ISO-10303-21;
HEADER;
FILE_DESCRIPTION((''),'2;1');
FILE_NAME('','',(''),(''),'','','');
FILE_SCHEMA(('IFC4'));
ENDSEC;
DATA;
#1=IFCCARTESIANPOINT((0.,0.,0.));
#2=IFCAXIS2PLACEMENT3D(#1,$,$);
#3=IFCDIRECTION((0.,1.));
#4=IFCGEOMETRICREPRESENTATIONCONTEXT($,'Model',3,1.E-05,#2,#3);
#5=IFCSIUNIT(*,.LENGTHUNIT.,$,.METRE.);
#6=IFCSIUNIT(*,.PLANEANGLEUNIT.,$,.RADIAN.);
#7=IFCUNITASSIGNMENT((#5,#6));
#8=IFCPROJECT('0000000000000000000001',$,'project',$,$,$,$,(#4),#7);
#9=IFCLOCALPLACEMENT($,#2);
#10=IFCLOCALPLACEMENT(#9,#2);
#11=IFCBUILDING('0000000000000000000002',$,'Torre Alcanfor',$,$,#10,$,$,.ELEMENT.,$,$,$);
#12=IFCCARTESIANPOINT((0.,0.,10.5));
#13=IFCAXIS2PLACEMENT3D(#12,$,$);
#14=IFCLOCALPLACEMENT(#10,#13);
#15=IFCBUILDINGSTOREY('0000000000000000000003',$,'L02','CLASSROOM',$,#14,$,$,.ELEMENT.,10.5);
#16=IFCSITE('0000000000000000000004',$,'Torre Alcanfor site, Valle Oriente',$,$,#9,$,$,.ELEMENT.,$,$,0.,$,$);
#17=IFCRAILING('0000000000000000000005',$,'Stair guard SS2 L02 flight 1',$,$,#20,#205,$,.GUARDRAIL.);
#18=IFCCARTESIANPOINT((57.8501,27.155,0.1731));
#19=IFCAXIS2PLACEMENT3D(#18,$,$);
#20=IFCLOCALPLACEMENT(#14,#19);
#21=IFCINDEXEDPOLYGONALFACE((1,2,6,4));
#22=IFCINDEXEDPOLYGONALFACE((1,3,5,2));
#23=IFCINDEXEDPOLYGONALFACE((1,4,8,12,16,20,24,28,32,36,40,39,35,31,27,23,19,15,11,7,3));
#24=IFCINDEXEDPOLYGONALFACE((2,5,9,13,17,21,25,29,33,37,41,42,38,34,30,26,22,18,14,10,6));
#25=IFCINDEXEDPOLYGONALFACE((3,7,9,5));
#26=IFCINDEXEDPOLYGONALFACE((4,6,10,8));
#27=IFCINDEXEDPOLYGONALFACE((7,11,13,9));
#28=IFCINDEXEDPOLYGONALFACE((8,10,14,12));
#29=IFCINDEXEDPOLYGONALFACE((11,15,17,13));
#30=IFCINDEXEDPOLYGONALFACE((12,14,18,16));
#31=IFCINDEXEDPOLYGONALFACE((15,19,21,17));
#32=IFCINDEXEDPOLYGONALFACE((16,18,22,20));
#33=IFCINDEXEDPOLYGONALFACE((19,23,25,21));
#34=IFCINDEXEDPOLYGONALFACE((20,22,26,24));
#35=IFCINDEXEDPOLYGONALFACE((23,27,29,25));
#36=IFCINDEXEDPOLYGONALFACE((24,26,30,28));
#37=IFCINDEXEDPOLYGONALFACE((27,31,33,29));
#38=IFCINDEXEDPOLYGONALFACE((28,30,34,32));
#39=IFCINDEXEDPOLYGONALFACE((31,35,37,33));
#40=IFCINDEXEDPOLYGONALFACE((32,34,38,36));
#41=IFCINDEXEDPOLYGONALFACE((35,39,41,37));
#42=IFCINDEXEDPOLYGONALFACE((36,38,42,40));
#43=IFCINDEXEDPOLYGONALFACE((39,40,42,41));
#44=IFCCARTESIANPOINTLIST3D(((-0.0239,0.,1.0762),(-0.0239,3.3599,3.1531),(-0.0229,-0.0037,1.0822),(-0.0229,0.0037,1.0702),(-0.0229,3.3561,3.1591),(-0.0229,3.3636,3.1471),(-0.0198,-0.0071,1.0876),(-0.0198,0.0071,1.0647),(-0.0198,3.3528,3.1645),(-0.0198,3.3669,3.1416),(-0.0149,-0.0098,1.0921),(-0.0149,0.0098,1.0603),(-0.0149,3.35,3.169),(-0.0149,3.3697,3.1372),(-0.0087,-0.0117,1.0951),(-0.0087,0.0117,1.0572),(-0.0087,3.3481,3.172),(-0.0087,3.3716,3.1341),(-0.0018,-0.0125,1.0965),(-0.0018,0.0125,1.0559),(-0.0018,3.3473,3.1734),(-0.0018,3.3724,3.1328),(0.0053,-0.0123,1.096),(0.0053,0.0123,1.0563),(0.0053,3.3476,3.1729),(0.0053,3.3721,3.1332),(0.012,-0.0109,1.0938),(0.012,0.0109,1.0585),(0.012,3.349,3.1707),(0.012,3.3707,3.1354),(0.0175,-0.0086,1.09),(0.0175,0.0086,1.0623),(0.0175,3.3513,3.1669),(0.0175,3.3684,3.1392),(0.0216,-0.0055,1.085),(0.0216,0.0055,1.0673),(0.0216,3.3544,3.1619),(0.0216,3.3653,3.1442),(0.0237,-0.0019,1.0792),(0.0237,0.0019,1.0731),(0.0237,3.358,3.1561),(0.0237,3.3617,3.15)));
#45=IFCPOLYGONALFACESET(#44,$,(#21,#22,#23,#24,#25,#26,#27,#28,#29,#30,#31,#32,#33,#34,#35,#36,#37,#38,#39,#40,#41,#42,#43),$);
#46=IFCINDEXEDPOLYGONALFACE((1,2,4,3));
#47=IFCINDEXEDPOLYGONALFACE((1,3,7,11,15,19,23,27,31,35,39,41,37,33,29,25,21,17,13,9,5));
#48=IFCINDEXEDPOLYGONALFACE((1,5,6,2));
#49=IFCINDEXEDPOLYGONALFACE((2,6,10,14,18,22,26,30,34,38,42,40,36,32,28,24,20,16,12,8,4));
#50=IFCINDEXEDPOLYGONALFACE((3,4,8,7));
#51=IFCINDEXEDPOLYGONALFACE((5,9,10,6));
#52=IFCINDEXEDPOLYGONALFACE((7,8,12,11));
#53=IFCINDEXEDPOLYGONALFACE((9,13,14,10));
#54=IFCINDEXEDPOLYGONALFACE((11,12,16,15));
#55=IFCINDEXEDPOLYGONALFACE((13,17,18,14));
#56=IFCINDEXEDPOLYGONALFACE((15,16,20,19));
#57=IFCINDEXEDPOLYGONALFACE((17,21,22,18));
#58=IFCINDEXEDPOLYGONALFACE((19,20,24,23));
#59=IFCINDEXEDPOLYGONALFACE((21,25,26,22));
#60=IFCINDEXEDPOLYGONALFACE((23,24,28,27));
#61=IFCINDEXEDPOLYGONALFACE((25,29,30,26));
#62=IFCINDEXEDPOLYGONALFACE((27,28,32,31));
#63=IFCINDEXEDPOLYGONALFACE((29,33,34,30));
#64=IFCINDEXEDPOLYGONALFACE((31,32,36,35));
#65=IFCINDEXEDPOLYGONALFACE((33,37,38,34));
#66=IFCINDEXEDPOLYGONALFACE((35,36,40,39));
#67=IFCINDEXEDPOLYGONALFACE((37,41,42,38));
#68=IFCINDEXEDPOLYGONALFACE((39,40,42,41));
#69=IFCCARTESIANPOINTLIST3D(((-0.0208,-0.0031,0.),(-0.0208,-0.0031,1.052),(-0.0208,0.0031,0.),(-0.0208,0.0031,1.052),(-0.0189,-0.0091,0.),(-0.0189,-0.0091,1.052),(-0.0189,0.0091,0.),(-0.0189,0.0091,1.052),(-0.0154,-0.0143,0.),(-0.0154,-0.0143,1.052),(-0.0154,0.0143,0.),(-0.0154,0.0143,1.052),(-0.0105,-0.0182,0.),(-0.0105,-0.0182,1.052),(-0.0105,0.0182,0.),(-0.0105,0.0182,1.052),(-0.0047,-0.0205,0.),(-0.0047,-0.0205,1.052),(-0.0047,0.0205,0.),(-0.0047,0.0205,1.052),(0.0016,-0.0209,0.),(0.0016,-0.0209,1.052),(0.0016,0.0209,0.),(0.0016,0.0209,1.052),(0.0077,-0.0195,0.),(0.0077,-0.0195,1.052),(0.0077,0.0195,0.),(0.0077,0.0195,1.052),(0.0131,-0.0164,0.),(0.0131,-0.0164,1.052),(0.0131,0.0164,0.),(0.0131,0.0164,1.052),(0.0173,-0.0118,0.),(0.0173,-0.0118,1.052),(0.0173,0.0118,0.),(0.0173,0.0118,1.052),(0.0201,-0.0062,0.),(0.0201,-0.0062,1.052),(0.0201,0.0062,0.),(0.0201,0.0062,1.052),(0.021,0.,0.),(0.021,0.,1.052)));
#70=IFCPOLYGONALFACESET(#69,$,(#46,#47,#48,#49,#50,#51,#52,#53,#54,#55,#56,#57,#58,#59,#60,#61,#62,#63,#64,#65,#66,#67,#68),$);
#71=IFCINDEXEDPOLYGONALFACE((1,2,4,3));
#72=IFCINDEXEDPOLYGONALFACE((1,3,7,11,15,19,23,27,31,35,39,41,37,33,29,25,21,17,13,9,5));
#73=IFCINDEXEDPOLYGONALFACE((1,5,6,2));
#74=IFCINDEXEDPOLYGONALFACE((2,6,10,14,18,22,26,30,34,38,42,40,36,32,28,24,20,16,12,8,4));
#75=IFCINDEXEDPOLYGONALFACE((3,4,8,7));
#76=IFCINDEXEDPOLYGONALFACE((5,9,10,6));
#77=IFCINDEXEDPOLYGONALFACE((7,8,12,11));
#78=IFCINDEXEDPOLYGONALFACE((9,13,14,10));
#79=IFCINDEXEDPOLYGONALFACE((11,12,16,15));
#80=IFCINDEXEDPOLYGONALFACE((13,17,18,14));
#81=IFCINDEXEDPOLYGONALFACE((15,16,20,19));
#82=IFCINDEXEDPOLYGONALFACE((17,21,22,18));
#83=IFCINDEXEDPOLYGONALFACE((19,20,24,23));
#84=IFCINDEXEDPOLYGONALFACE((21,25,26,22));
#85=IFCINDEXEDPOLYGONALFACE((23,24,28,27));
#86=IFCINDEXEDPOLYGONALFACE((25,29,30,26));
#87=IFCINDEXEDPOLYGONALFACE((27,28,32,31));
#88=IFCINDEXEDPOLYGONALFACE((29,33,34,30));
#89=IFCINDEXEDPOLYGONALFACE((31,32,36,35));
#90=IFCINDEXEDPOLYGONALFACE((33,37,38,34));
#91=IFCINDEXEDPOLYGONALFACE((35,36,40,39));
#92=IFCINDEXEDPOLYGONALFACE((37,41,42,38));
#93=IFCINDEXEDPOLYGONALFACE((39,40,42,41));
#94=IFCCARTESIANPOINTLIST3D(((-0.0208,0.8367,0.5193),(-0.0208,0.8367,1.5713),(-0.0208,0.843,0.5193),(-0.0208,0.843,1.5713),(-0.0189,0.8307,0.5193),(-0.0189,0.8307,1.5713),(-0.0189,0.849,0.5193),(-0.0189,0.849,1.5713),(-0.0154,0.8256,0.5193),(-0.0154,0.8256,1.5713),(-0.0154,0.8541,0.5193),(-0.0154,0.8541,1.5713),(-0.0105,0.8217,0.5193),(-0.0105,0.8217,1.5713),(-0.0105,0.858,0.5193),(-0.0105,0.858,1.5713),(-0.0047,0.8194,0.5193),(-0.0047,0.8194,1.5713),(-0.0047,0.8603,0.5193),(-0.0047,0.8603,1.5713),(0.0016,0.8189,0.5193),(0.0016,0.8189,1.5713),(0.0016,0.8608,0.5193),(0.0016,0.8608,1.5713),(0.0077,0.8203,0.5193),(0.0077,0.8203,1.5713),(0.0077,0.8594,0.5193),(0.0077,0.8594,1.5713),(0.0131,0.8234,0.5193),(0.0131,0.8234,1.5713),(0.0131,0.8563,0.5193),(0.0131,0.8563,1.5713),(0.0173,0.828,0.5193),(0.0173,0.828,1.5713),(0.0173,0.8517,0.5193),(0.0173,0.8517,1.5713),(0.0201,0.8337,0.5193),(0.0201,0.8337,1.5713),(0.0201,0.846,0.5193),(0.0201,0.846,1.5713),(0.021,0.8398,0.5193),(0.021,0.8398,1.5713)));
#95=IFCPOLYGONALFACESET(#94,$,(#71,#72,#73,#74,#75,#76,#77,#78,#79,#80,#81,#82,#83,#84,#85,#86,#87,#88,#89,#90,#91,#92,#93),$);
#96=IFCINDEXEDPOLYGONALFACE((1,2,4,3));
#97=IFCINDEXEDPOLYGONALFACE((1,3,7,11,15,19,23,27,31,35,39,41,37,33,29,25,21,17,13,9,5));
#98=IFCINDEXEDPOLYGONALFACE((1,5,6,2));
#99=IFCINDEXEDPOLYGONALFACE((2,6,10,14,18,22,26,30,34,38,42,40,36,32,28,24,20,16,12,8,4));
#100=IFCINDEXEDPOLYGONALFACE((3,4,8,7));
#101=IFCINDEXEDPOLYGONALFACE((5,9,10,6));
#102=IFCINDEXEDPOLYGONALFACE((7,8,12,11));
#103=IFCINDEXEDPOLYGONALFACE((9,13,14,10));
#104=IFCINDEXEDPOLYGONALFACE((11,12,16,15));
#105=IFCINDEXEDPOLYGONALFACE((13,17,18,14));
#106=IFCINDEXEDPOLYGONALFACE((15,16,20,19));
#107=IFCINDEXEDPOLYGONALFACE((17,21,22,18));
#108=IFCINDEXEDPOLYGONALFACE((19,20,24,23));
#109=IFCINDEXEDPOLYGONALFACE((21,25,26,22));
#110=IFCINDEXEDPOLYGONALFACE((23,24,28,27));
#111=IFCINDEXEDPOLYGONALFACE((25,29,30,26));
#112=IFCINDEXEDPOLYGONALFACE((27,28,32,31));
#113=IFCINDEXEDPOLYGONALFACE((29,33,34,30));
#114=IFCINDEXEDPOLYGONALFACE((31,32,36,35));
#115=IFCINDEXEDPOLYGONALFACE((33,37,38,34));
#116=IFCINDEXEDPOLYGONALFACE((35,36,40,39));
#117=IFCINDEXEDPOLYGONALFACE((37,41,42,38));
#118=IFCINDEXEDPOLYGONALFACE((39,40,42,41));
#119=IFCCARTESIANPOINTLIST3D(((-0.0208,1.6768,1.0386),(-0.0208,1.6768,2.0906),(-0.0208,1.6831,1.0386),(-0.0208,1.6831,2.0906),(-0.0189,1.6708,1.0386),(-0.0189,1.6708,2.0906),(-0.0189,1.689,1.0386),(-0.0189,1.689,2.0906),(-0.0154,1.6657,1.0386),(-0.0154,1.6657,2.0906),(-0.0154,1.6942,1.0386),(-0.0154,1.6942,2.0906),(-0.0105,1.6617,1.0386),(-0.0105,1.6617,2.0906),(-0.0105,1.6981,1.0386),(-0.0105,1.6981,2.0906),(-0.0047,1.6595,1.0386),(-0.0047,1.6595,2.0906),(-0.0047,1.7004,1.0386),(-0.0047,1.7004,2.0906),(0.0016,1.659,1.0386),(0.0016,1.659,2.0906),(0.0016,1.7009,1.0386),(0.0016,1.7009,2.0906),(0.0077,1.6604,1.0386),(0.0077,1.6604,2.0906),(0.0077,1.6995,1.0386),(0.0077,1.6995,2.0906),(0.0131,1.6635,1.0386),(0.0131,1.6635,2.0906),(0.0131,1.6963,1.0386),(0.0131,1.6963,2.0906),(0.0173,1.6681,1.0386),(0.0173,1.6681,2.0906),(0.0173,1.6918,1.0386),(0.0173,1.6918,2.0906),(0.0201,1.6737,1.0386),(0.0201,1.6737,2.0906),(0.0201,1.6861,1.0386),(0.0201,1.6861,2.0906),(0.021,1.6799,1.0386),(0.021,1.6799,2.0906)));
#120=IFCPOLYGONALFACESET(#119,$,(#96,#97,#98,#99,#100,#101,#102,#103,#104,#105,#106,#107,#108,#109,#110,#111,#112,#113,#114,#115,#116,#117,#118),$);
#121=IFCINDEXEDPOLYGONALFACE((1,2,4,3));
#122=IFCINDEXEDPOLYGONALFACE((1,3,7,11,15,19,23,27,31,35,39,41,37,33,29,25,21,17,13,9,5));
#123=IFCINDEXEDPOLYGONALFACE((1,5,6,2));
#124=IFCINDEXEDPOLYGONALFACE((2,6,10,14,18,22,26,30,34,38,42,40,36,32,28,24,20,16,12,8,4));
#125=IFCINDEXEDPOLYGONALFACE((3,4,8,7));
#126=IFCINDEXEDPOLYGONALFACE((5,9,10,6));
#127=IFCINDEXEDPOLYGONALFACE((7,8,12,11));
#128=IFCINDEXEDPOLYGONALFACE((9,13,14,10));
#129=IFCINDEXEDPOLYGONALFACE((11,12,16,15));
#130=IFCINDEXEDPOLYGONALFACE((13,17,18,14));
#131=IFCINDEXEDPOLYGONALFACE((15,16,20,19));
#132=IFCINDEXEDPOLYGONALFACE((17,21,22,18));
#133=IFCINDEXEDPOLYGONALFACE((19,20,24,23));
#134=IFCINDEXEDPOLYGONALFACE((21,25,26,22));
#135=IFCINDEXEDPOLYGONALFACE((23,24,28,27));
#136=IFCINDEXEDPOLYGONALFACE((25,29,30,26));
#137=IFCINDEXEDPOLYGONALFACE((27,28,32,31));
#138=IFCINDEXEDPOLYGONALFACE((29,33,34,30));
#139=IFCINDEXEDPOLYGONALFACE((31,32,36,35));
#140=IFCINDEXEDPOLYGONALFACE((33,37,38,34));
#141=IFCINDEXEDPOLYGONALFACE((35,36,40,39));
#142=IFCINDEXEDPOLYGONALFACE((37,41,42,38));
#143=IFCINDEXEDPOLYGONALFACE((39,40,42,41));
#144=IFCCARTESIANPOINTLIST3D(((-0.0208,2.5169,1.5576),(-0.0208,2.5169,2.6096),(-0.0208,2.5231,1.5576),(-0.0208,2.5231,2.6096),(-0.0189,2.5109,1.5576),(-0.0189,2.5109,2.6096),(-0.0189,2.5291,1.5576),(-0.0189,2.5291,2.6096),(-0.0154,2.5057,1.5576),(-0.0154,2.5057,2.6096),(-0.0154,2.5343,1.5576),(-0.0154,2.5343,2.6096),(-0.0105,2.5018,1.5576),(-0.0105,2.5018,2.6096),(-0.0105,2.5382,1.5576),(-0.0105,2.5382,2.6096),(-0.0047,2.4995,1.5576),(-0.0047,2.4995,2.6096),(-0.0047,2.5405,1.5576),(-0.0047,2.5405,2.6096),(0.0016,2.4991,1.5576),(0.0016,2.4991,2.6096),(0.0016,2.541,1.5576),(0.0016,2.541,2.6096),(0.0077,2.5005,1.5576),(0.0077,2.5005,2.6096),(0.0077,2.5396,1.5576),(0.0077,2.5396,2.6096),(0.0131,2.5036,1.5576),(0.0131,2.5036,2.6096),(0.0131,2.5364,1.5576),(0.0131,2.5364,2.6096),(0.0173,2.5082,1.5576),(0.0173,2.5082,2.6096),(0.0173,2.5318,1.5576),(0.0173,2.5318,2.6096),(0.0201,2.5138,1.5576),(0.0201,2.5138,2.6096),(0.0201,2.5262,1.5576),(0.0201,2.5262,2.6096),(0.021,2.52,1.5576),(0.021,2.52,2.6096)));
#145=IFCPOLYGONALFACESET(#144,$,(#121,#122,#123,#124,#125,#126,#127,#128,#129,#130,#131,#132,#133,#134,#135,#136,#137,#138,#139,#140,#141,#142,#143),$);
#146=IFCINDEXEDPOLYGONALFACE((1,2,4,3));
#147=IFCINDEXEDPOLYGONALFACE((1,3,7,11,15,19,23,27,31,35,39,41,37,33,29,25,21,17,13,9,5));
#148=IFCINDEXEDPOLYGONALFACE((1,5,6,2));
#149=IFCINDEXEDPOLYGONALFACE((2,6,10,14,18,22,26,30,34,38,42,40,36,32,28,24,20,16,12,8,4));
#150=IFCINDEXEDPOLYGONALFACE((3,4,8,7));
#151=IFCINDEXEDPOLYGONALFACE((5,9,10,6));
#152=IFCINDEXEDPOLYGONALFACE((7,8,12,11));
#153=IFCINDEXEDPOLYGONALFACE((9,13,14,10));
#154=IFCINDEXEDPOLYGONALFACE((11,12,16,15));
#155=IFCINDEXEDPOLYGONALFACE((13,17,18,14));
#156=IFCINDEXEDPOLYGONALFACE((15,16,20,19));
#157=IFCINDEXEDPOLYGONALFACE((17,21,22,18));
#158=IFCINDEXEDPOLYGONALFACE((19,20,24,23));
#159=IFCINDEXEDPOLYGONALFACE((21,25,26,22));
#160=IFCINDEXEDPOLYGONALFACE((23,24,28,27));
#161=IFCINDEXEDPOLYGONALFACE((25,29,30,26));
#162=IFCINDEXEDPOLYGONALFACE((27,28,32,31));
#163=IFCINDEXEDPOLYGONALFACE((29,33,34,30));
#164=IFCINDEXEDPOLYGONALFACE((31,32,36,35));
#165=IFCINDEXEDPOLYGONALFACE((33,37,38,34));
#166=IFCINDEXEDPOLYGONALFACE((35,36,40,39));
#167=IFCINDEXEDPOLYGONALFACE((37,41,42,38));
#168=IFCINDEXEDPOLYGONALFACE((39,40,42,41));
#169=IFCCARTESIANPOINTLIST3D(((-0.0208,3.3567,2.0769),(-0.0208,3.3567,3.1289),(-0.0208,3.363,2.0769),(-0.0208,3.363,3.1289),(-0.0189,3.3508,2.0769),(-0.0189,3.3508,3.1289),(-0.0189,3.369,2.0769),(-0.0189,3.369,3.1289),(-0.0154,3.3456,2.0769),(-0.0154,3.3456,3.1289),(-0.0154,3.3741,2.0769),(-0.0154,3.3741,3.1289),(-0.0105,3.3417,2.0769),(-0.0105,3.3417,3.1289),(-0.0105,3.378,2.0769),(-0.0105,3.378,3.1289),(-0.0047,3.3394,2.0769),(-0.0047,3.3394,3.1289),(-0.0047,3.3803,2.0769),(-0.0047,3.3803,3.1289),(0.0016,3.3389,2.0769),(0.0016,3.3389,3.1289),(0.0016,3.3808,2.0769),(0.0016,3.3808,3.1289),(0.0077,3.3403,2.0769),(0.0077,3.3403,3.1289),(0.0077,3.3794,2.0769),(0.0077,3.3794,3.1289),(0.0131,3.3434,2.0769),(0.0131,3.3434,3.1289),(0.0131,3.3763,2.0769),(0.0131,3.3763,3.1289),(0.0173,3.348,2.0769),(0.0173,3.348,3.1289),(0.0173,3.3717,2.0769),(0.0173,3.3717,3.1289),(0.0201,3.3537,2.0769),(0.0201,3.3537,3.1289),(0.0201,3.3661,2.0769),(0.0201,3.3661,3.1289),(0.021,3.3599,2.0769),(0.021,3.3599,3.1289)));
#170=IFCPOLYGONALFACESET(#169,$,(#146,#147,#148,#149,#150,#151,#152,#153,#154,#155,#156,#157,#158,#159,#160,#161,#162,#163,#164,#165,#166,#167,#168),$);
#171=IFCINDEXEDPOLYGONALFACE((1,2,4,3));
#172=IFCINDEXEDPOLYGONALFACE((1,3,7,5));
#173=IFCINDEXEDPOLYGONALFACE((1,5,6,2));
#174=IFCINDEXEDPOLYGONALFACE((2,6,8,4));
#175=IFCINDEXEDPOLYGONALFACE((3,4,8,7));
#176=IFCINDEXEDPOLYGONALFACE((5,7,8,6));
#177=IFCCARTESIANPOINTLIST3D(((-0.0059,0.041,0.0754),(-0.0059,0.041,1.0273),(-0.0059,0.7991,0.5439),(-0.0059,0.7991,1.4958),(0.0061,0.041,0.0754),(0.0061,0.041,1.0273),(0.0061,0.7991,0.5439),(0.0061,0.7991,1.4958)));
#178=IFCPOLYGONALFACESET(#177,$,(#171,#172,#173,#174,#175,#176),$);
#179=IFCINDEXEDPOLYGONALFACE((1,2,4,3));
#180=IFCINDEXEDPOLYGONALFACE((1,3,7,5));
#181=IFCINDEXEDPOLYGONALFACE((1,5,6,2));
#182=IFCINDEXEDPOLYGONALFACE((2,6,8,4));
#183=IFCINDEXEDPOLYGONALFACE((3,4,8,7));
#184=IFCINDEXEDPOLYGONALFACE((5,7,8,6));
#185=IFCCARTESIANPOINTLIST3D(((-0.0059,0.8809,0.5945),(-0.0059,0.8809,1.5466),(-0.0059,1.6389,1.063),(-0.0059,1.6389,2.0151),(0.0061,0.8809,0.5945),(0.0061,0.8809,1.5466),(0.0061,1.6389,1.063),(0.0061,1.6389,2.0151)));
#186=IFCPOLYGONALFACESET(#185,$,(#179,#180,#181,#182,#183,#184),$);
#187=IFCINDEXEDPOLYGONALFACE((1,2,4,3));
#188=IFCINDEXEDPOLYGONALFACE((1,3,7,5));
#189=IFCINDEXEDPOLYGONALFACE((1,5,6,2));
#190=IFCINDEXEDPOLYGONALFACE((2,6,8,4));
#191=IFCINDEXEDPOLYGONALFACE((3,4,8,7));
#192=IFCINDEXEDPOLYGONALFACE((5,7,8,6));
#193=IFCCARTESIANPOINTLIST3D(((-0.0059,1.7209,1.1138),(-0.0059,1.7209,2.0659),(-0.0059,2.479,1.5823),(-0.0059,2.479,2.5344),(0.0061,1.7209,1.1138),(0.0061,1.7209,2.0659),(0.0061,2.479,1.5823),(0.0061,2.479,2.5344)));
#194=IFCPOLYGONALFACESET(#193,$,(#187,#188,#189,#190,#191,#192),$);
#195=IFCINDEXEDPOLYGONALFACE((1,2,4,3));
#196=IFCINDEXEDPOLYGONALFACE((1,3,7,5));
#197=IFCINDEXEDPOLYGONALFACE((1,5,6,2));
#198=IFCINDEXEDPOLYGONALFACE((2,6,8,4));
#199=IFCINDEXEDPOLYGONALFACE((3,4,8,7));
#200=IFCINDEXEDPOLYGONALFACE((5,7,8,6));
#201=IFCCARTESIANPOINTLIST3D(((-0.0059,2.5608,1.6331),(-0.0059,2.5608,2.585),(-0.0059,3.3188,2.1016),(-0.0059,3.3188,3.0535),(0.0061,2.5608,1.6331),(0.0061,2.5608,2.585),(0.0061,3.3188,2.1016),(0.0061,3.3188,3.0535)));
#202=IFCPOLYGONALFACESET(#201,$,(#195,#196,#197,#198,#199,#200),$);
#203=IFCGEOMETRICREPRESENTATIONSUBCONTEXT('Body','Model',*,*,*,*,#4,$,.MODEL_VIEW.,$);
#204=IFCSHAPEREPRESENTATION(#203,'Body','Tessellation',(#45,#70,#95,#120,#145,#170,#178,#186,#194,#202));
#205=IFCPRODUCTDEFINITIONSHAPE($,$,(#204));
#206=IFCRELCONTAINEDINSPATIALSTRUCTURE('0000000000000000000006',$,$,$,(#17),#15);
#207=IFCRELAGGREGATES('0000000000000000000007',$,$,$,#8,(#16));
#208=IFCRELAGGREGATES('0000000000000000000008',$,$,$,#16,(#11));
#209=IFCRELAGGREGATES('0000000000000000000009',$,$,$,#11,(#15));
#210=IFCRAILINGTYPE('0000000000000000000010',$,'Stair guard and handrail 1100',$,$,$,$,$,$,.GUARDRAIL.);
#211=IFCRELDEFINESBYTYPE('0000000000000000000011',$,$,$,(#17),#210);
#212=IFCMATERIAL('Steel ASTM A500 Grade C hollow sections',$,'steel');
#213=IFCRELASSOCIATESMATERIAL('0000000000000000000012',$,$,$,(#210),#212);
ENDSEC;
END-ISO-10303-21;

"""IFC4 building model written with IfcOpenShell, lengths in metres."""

from ifc_helpers import new_model, si_unit, direction, frame, origin, origin_2d, place, context, subcontext, project, spatial, polyline, circle, outline, extrude, material, type_object, element, save


model = new_model("IFC4")

# Units and contexts
model_context = context("Model", 3, precision=1e-05, world=origin(), true_north=direction((0.0, 1.0)))
body_context = subcontext(model_context, "Body", "Model", "MODEL_VIEW")
ifc_project = project(units=[si_unit("LENGTHUNIT", "METRE"), si_unit("PLANEANGLEUNIT", "RADIAN")], contexts=[model_context])

# Site, building, storey
site_placement = place(None, origin())
site = spatial("IfcSite", under=ifc_project, at=site_placement, Name="Torre Alcanfor site, Valle Oriente", CompositionType="ELEMENT", RefElevation=0.0)
building_placement = place(site_placement, origin())
building = spatial("IfcBuilding", under=site, at=building_placement, Name="Torre Alcanfor", CompositionType="ELEMENT")
storey_placement = place(building_placement, frame((0.0, 0.0, 10.5)))
storey = spatial("IfcBuildingStorey", under=building, at=storey_placement, Name="L02", Description="CLASSROOM", CompositionType="ELEMENT", Elevation=10.5)

# Railing
ifc_material_1 = material(Name="Steel ASTM A500 Grade C hollow sections", Category="steel")
railing_type_1 = type_object("IfcRailingType", Name="Stair guard and handrail 1100", PredefinedType="GUARDRAIL", material=ifc_material_1)
railing_1_placement = place(storey_placement, frame((57.8501, 27.155, 0.1731)))
element("IfcRailing", 1, at=railing_1_placement, inside=storey, type_object=railing_type_1, Name="Stair guard SS2 L02 flight 1", PredefinedType="GUARDRAIL", context=body_context, shape_type="SweptSolid", body=[
    extrude(circle(Radius=0.0239, at=origin_2d()), frame((0.0, 0.0, 1.0762), z_axis=(0.0, 0.850606, 0.525803), x_axis=(-1.0, 0.0, 0.0)), (0.0, 0.0, 1.0), 3.95),
    extrude(circle(Radius=0.021, at=origin_2d()), origin(), (0.0, 0.0, 1.0), 1.052),
    extrude(circle(Radius=0.021, at=origin_2d()), frame((0.0, 0.8398, 0.5193)), (0.0, 0.0, 1.0), 1.052),
    extrude(circle(Radius=0.021, at=origin_2d()), frame((0.0, 1.6799, 1.0386)), (0.0, 0.0, 1.0), 1.052),
    extrude(circle(Radius=0.021, at=origin_2d()), frame((0.0, 2.52, 1.5576)), (0.0, 0.0, 1.0), 1.052),
    extrude(circle(Radius=0.021, at=origin_2d()), frame((0.0, 3.3599, 2.0769)), (0.0, 0.0, 1.0), 1.052),
    extrude(outline(polyline([(0.041, 0.0754), (0.7991, 0.5439), (0.7991, 1.4958), (0.041, 1.0273), (0.041, 0.0754)])), frame((-0.0059, 0.0, 0.0), z_axis=(1.0, 0.0, 0.0), x_axis=(0.0, 1.0, 0.0)), (0.0, 0.0, 1.0), 0.012),
    extrude(outline(polyline([(0.8809, 0.5945), (1.6389, 1.063), (1.6389, 2.0151), (0.8809, 1.5466), (0.8809, 0.5945)])), frame((-0.0059, 0.0, 0.0), z_axis=(1.0, 0.0, 0.0), x_axis=(0.0, 1.0, 0.0)), (0.0, 0.0, 1.0), 0.012),
    extrude(outline(polyline([(1.7209, 1.1138), (2.479, 1.5823), (2.479, 2.5344), (1.7209, 2.0659), (1.7209, 1.1138)])), frame((-0.0059, 0.0, 0.0), z_axis=(1.0, 0.0, 0.0), x_axis=(0.0, 1.0, 0.0)), (0.0, 0.0, 1.0), 0.012),
    extrude(outline(polyline([(2.5608, 1.6331), (3.3188, 2.1016), (3.3188, 3.0535), (2.5608, 2.585), (2.5608, 1.6331)])), frame((-0.0059, 0.0, 0.0), z_axis=(1.0, 0.0, 0.0), x_axis=(0.0, 1.0, 0.0)), (0.0, 0.0, 1.0), 0.012),
])

save(model, "model.ifc")
